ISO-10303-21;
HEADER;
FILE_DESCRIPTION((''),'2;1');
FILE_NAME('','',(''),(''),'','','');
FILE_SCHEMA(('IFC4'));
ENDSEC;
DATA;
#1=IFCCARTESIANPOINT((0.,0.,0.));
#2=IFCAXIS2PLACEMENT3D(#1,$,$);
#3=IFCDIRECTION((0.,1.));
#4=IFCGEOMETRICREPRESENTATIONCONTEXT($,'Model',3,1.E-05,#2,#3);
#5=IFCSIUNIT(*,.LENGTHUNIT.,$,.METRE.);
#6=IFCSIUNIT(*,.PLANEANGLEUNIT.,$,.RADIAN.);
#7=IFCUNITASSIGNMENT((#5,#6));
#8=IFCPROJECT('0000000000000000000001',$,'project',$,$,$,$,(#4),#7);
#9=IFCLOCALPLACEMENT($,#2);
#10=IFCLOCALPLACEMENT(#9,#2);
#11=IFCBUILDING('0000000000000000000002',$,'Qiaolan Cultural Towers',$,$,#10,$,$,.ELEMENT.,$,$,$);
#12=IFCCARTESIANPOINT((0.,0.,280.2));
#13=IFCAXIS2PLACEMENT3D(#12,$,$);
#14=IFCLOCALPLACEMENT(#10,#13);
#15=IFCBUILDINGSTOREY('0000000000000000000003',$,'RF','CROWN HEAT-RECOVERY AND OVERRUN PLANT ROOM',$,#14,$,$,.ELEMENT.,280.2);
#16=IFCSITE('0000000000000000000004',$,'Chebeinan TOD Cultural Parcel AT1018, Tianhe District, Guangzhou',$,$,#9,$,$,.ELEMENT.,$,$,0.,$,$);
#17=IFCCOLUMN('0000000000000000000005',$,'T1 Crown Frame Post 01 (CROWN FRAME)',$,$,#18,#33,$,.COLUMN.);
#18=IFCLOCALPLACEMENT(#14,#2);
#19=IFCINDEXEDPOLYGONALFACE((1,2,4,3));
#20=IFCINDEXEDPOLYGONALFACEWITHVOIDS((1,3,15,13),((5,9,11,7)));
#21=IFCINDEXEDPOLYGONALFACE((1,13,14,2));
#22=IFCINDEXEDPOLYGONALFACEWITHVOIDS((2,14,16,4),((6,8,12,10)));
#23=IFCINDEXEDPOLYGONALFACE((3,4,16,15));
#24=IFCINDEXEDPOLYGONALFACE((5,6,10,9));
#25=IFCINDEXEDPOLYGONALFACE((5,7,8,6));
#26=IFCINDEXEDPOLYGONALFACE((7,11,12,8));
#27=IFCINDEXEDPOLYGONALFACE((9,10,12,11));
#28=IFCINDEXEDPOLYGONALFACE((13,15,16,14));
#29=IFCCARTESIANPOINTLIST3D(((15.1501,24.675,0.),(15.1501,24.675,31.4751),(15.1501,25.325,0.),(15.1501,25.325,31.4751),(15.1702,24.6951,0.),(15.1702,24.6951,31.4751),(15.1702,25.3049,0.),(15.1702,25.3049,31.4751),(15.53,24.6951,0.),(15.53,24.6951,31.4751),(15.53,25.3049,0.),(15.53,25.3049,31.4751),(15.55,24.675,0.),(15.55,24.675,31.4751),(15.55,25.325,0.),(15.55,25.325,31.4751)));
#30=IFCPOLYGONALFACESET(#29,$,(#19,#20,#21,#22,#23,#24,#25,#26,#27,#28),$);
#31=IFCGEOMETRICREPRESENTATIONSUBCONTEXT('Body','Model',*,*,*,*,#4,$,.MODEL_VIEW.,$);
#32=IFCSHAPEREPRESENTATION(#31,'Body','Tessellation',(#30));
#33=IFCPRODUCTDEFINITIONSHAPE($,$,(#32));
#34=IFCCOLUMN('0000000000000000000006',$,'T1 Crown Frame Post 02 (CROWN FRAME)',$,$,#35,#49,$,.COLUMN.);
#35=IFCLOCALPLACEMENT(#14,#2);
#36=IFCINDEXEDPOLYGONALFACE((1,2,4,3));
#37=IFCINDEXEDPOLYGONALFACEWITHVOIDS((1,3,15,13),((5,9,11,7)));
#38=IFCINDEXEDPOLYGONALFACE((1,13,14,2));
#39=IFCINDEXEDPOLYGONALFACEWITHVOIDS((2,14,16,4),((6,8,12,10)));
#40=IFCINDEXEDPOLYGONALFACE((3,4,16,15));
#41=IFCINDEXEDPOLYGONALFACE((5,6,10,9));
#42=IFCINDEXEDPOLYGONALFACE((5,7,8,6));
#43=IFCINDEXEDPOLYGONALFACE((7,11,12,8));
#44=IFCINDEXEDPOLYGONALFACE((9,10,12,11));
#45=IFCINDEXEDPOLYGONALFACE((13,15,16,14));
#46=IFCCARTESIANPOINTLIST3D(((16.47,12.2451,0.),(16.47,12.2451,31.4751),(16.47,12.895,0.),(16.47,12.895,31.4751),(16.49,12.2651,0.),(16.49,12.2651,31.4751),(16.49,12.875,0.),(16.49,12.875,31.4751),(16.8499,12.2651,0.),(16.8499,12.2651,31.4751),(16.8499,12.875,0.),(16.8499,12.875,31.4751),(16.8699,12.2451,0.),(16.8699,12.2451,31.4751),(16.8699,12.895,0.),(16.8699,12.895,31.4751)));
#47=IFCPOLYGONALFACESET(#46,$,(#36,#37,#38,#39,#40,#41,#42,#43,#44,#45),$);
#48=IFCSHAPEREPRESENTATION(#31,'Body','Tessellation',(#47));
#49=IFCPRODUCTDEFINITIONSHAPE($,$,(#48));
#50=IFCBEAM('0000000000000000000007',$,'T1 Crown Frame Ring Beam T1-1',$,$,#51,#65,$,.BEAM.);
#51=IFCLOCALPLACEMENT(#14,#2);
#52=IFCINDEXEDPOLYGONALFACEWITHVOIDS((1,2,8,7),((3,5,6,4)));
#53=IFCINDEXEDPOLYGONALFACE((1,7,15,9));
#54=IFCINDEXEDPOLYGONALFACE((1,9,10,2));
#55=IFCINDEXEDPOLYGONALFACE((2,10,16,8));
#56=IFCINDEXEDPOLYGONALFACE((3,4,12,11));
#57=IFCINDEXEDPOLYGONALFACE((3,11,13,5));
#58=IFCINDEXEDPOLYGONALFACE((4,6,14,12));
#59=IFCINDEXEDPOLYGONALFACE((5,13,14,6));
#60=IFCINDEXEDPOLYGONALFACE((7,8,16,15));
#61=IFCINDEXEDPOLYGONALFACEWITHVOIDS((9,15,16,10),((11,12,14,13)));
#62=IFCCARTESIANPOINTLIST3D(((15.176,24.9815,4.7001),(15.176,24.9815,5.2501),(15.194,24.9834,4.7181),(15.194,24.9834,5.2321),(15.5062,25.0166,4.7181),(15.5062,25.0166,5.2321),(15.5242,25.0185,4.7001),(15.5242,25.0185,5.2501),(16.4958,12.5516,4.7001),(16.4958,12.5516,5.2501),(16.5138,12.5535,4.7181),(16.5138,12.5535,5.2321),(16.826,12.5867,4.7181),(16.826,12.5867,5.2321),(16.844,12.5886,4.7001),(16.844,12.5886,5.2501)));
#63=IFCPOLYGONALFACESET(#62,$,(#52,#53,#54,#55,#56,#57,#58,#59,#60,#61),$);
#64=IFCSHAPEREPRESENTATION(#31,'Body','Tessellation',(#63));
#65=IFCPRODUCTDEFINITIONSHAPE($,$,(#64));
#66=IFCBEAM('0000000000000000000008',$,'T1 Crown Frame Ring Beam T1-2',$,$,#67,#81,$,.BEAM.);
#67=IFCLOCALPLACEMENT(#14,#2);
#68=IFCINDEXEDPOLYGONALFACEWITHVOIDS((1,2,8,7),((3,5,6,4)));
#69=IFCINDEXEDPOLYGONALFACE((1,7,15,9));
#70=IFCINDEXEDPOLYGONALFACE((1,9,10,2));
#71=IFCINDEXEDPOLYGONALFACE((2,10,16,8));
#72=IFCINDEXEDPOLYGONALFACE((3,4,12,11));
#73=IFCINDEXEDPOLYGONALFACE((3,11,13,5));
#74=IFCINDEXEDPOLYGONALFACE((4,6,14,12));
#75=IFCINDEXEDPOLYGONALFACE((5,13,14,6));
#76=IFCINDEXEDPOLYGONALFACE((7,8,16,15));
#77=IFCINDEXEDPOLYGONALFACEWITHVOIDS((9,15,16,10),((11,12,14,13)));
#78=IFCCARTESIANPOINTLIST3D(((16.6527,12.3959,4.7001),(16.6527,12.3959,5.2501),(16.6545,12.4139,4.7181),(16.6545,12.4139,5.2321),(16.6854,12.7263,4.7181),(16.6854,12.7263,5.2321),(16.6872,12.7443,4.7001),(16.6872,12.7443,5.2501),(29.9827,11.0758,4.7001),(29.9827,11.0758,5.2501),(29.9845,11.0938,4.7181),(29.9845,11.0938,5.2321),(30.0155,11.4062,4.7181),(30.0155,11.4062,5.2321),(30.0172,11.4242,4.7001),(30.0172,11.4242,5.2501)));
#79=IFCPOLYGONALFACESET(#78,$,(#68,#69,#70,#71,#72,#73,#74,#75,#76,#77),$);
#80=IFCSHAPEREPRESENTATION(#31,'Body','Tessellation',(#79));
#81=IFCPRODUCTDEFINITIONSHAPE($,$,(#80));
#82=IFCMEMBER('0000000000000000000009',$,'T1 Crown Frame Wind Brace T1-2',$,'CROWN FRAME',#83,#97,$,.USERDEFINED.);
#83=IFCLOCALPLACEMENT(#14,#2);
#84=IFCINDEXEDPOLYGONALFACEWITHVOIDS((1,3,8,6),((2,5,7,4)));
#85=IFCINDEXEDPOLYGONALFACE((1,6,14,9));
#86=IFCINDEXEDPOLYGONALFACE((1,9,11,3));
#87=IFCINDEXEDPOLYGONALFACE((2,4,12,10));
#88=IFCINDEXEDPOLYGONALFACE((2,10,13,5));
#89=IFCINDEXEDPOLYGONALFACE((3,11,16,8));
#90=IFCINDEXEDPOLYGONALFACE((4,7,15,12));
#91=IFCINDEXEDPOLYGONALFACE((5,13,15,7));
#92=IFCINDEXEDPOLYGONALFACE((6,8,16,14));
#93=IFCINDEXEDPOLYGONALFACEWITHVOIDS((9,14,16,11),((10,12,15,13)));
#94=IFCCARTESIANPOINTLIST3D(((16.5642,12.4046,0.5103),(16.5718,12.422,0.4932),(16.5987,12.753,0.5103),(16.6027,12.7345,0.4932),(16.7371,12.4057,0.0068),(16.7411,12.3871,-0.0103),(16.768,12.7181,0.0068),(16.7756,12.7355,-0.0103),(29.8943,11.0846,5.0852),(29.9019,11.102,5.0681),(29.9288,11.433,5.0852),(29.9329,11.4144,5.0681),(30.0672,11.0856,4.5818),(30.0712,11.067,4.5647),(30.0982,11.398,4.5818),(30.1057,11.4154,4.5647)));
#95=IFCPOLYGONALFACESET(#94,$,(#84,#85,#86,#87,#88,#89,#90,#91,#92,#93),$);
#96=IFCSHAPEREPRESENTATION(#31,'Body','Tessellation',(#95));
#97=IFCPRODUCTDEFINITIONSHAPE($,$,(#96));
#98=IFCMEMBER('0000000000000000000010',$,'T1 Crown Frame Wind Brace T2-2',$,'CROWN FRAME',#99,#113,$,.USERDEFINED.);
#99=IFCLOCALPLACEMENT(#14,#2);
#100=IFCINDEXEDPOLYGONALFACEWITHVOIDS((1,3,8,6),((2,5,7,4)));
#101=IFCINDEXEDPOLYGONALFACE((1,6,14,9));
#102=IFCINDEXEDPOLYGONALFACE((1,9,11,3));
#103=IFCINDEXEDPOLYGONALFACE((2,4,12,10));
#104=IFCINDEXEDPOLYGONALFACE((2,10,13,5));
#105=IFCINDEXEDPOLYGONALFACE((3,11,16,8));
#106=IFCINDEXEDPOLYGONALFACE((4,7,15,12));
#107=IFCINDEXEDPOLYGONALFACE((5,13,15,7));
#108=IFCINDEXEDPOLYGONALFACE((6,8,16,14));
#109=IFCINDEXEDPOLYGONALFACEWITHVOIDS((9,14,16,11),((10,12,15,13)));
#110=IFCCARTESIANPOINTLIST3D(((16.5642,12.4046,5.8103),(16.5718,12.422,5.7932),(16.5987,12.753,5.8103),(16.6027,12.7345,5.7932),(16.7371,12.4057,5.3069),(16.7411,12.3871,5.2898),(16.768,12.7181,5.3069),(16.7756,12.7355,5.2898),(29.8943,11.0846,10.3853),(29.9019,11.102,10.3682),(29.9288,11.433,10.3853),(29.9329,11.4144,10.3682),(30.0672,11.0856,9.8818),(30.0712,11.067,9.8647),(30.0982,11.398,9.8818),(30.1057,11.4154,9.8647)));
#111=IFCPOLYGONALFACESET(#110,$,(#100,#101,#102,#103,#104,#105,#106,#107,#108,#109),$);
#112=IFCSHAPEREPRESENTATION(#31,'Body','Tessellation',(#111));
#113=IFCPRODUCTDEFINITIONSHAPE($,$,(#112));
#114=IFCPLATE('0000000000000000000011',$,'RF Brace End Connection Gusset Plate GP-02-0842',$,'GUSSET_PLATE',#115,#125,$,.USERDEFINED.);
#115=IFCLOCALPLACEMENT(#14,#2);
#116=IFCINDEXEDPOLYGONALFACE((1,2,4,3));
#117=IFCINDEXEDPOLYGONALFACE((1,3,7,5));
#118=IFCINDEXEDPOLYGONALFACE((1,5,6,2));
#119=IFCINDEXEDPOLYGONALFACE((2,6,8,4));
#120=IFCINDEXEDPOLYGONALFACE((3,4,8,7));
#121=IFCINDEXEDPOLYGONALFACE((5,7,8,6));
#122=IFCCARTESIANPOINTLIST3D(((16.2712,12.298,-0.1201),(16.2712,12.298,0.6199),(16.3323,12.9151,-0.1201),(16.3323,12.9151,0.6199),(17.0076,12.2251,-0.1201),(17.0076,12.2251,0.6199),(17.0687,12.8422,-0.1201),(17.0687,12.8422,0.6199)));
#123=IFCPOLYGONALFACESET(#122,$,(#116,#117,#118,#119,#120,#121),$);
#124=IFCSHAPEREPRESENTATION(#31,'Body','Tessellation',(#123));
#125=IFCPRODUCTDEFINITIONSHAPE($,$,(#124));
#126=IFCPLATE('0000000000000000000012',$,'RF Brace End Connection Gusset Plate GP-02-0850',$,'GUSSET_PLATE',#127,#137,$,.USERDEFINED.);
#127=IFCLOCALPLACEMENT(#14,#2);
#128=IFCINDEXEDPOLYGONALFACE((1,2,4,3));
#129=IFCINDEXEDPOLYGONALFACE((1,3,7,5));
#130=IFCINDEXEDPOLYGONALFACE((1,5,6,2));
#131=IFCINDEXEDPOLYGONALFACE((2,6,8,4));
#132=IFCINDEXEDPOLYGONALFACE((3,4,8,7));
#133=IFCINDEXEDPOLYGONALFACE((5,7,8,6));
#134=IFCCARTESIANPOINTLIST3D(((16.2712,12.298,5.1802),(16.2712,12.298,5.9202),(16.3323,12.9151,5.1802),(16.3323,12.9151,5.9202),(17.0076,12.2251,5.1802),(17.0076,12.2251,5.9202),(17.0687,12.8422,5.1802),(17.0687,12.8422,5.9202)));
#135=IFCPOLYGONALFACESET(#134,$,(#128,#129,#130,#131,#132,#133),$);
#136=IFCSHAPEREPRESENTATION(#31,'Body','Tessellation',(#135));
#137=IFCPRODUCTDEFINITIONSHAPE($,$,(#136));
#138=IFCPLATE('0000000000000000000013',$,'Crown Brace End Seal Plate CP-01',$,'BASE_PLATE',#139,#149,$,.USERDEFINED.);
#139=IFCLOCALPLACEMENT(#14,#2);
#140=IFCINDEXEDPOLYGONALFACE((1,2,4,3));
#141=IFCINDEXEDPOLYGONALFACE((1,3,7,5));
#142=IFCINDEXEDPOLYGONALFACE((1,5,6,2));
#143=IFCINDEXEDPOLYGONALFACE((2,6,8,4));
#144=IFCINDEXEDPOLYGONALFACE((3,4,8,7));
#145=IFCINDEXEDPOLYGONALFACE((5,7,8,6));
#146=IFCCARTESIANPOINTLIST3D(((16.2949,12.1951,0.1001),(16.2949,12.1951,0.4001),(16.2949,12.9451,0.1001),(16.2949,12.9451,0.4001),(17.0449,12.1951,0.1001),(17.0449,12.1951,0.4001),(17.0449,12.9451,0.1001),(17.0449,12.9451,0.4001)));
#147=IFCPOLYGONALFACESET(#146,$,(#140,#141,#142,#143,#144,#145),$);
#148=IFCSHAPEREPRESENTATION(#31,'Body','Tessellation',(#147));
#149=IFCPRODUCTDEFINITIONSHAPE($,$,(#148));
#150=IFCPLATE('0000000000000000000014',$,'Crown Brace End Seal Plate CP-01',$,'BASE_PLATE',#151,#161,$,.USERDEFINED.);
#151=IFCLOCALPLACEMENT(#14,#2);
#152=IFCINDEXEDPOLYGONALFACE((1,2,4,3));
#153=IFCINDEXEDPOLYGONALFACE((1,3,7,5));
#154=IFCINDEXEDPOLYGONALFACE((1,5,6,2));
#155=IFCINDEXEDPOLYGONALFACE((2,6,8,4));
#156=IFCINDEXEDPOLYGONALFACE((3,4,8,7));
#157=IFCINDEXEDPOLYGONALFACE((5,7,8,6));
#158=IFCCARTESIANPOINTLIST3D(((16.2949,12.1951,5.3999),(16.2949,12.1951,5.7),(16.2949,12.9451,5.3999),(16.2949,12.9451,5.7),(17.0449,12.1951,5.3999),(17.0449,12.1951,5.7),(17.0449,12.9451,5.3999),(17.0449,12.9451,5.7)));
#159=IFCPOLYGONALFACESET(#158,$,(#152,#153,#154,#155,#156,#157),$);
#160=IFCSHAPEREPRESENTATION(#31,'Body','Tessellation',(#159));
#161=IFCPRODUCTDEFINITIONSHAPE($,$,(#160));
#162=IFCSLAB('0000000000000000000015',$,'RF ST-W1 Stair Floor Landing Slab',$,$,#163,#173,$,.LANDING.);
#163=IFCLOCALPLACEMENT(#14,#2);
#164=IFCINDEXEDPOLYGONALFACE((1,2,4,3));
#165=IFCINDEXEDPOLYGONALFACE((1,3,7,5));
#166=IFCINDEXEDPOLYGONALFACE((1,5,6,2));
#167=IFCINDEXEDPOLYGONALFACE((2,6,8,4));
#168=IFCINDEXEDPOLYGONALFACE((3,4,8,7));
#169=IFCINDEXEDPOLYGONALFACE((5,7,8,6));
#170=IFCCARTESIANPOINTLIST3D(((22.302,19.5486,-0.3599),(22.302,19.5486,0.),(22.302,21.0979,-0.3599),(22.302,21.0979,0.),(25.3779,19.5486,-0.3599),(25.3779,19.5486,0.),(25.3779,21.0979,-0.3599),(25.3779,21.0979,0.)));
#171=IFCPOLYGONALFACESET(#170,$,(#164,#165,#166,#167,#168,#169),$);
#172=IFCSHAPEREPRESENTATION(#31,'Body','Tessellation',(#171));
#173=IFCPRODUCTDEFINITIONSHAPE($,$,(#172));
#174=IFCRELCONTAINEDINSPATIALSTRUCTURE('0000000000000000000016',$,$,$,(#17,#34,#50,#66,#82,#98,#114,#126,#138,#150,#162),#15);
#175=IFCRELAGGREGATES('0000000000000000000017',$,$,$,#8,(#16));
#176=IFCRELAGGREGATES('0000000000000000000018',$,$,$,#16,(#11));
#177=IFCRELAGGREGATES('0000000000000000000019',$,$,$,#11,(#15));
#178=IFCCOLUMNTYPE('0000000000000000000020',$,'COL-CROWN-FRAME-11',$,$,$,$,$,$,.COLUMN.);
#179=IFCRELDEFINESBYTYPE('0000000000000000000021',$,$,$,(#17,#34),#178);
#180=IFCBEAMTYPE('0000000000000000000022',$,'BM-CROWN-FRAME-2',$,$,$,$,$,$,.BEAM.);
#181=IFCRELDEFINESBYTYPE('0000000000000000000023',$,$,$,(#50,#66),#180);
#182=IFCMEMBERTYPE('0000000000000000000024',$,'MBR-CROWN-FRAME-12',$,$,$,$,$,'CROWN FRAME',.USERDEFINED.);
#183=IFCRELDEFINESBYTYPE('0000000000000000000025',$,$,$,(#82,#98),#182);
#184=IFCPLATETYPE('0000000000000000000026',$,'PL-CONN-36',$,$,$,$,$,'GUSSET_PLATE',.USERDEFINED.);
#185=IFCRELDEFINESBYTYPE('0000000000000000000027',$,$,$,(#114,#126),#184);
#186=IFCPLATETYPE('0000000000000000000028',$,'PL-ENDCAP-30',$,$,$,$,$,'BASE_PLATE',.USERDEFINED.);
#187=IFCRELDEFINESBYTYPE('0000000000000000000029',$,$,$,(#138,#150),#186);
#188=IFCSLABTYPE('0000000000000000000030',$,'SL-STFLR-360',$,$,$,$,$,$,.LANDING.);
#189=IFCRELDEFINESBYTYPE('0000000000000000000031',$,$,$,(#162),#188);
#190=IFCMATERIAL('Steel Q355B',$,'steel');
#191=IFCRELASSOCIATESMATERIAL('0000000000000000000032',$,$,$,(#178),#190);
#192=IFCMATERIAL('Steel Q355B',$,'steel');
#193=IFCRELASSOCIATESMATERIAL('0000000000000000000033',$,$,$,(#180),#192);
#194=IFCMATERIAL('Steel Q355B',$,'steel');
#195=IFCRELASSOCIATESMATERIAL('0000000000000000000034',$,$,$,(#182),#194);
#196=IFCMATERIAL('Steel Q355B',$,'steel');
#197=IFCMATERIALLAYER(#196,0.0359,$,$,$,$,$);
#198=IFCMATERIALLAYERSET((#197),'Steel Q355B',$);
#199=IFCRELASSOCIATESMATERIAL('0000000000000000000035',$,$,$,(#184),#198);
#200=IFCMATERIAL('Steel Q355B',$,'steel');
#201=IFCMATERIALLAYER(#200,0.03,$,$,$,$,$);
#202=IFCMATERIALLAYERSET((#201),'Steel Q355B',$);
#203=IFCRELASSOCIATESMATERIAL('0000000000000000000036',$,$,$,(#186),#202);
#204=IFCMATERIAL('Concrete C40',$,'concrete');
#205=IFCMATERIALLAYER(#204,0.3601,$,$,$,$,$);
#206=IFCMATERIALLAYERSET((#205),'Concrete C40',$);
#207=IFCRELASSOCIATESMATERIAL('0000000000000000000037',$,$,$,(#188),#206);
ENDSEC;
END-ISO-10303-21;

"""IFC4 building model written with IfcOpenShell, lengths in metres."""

from ifc_helpers import new_model, si_unit, direction, frame, origin, origin_2d, place, context, subcontext, project, spatial, polyline, rectangle, hollow_rectangle, outline, extrude, material, layer, layer_set, material_profile, profile_set, type_object, element, save


model = new_model("IFC4")

# Units and contexts
model_context = context("Model", 3, precision=1e-05, world=origin(), true_north=direction((0.0, 1.0)))
body_context = subcontext(model_context, "Body", "Model", "MODEL_VIEW")
ifc_project = project(units=[si_unit("LENGTHUNIT", "METRE"), si_unit("PLANEANGLEUNIT", "RADIAN")], contexts=[model_context])

# Site, building, storey
site_placement = place(None, origin())
site = spatial("IfcSite", under=ifc_project, at=site_placement, Name="Chebeinan TOD Cultural Parcel AT1018, Tianhe District, Guangzhou", CompositionType="ELEMENT", RefElevation=0.0)
building_placement = place(site_placement, origin())
building = spatial("IfcBuilding", under=site, at=building_placement, Name="Qiaolan Cultural Towers", CompositionType="ELEMENT")
storey_placement = place(building_placement, frame((0.0, 0.0, 280.2)))
storey = spatial("IfcBuildingStorey", under=building, at=storey_placement, Name="RF", Description="CROWN HEAT-RECOVERY AND OVERRUN PLANT ROOM", CompositionType="ELEMENT", Elevation=280.2)

# Columns
ifc_material_1 = material(Name="Steel Q355B", Category="steel")
ifc_material_profile_1 = material_profile(ifc_material_1, hollow_rectangle(XDim=0.3999, YDim=0.6499, WallThickness=0.02, at=origin_2d()), Name="BOX650x400x20")
ifc_profile_set_1 = profile_set([ifc_material_profile_1], Name="Steel Q355B")
column_type = type_object("IfcColumnType", Name="COL-CROWN-FRAME-11", PredefinedType="COLUMN", material=ifc_profile_set_1)
for number, where, z_axis, x_axis, name in (
    (1, (15.3501, 25.0, 0.0), (0.0, 0.0, 1.0), (1.0, 0.0, 0.0), "T1 Crown Frame Post 01 (CROWN FRAME)"),
    (2, (16.6699, 12.5701, 0.0), (0.0, 0.0, 1.0), (1.0, 0.0, 0.0), "T1 Crown Frame Post 02 (CROWN FRAME)"),
):
    element("IfcColumn", number, at=place(storey_placement, frame(where, z_axis=z_axis, x_axis=x_axis)), inside=storey, type_object=column_type, Name=name, PredefinedType="COLUMN", context=body_context, shape_type="SweptSolid", body=[
        extrude(hollow_rectangle(XDim=0.3999, YDim=0.6499, WallThickness=0.02, at=origin_2d()), origin(), (0.0, 0.0, 1.0), 31.4751),
    ])

# Beams
ifc_material_2 = material(Name="Steel Q355B", Category="steel")
ifc_material_profile_2 = material_profile(ifc_material_2, hollow_rectangle(XDim=0.3501, YDim=0.55, WallThickness=0.0181, at=origin_2d()), Name="BOX550x350x18")
ifc_profile_set_2 = profile_set([ifc_material_profile_2], Name="Steel Q355B")
beam_type = type_object("IfcBeamType", Name="BM-CROWN-FRAME-2", PredefinedType="BEAM", material=ifc_profile_set_2)
beam_1_placement = place(storey_placement, frame((15.3501, 25.0, 4.9751), z_axis=(0.105588, -0.99441, 0.0), x_axis=(0.99441, 0.105588, 0.0)))
element("IfcBeam", 3, at=beam_1_placement, inside=storey, type_object=beam_type, Name="T1 Crown Frame Ring Beam T1-1", PredefinedType="BEAM", context=body_context, shape_type="SweptSolid", body=[
    extrude(hollow_rectangle(XDim=0.3501, YDim=0.55, WallThickness=0.0181, at=origin_2d()), origin(), (0.0, 0.0, 1.0), 12.4998),
])
beam_2_placement = place(storey_placement, frame((16.6699, 12.5701, 4.9751), z_axis=(0.995132, -0.098547, 0.0), x_axis=(0.098547, 0.995132, 0.0)))
element("IfcBeam", 4, at=beam_2_placement, inside=storey, type_object=beam_type, Name="T1 Crown Frame Ring Beam T1-2", PredefinedType="BEAM", context=body_context, shape_type="SweptSolid", body=[
    extrude(hollow_rectangle(XDim=0.3501, YDim=0.55, WallThickness=0.0181, at=origin_2d()), origin(), (0.0, 0.0, 1.0), 13.3953),
])

# Members
ifc_material_3 = material(Name="Steel Q355B", Category="steel")
ifc_material_profile_3 = material_profile(ifc_material_3, hollow_rectangle(XDim=0.3501, YDim=0.55, WallThickness=0.0181, at=origin_2d()), Name="BOX550x350x18")
ifc_profile_set_3 = profile_set([ifc_material_profile_3], Name="Steel Q355B")
member_type = type_object("IfcMemberType", Name="MBR-CROWN-FRAME-12", ElementType="CROWN FRAME", PredefinedType="USERDEFINED", material=ifc_profile_set_3)
for number, where, z_axis, x_axis, name in (
    (5, (16.6699, 12.5701, 0.25), (0.941723, -0.093258, 0.323204), (0.098547, 0.995132, 0.0), "T1 Crown Frame Wind Brace T1-2"),
    (6, (16.6699, 12.5701, 5.55), (0.941723, -0.093258, 0.323204), (0.098547, 0.995132, 0.0), "T1 Crown Frame Wind Brace T2-2"),
):
    element("IfcMember", number, at=place(storey_placement, frame(where, z_axis=z_axis, x_axis=x_axis)), inside=storey, type_object=member_type, Name=name, ObjectType="CROWN FRAME", PredefinedType="USERDEFINED", context=body_context, shape_type="SweptSolid", body=[
        extrude(hollow_rectangle(XDim=0.3501, YDim=0.55, WallThickness=0.0181, at=origin_2d()), origin(), (0.0, 0.0, 1.0), 14.155),
    ])

# Plates
ifc_material_4 = material(Name="Steel Q355B", Category="steel")
ifc_layer_1 = layer(ifc_material_4, 0.0359)
ifc_layer_set_1 = layer_set([ifc_layer_1], Name="Steel Q355B")
plate_type_1 = type_object("IfcPlateType", Name="PL-CONN-36", ElementType="GUSSET_PLATE", PredefinedType="USERDEFINED", material=ifc_layer_set_1)
for number, where, z_axis, x_axis, name in (
    (7, (16.6699, 12.5701, -0.1201), (0.0, 0.0, 1.0), (-0.995133, 0.098543, 0.0), "RF Brace End Connection Gusset Plate GP-02-0842"),
    (8, (16.6699, 12.5701, 5.1802), (0.0, 0.0, 1.0), (-0.995133, 0.098543, 0.0), "RF Brace End Connection Gusset Plate GP-02-0850"),
):
    element("IfcPlate", number, at=place(storey_placement, frame(where, z_axis=z_axis, x_axis=x_axis)), inside=storey, type_object=plate_type_1, Name=name, ObjectType="GUSSET_PLATE", PredefinedType="USERDEFINED", context=body_context, shape_type="SweptSolid", body=[
        extrude(rectangle(XDim=0.74, YDim=0.6201, at=origin_2d()), origin(), (0.0, 0.0, 1.0), 0.74),
    ])
ifc_material_5 = material(Name="Steel Q355B", Category="steel")
ifc_layer_2 = layer(ifc_material_5, 0.03)
ifc_layer_set_2 = layer_set([ifc_layer_2], Name="Steel Q355B")
plate_type_2 = type_object("IfcPlateType", Name="PL-ENDCAP-30", ElementType="BASE_PLATE", PredefinedType="USERDEFINED", material=ifc_layer_set_2)
for number, where, z_axis, x_axis, name in (
    (9, (16.6699, 12.5701, 0.1001), (0.0, 0.0, 1.0), (1.0, 0.0, 0.0), "Crown Brace End Seal Plate CP-01"),
    (10, (16.6699, 12.5701, 5.3999), (0.0, 0.0, 1.0), (1.0, 0.0, 0.0), "Crown Brace End Seal Plate CP-01"),
):
    element("IfcPlate", number, at=place(storey_placement, frame(where, z_axis=z_axis, x_axis=x_axis)), inside=storey, type_object=plate_type_2, Name=name, ObjectType="BASE_PLATE", PredefinedType="USERDEFINED", context=body_context, shape_type="SweptSolid", body=[
        extrude(rectangle(XDim=0.75, YDim=0.75, at=origin_2d()), origin(), (0.0, 0.0, 1.0), 0.3),
    ])

# Slab
ifc_material_6 = material(Name="Concrete C40", Category="concrete")
ifc_layer_3 = layer(ifc_material_6, 0.3601)
ifc_layer_set_3 = layer_set([ifc_layer_3], Name="Concrete C40")
slab_type_1 = type_object("IfcSlabType", Name="SL-STFLR-360", PredefinedType="LANDING", material=ifc_layer_set_3)
slab_1_placement = place(storey_placement, frame((0.0, 0.0, -0.3599)))
element("IfcSlab", 11, at=slab_1_placement, inside=storey, type_object=slab_type_1, Name="RF ST-W1 Stair Floor Landing Slab", PredefinedType="LANDING", context=body_context, shape_type="SweptSolid", body=[
    extrude(outline(polyline([(22.302, 21.0979), (22.302, 19.5486), (25.3779, 19.5486), (25.3779, 21.0979), (22.302, 21.0979)])), origin(), (0.0, 0.0, 1.0), 0.3599),
])

save(model, "model.ifc")
